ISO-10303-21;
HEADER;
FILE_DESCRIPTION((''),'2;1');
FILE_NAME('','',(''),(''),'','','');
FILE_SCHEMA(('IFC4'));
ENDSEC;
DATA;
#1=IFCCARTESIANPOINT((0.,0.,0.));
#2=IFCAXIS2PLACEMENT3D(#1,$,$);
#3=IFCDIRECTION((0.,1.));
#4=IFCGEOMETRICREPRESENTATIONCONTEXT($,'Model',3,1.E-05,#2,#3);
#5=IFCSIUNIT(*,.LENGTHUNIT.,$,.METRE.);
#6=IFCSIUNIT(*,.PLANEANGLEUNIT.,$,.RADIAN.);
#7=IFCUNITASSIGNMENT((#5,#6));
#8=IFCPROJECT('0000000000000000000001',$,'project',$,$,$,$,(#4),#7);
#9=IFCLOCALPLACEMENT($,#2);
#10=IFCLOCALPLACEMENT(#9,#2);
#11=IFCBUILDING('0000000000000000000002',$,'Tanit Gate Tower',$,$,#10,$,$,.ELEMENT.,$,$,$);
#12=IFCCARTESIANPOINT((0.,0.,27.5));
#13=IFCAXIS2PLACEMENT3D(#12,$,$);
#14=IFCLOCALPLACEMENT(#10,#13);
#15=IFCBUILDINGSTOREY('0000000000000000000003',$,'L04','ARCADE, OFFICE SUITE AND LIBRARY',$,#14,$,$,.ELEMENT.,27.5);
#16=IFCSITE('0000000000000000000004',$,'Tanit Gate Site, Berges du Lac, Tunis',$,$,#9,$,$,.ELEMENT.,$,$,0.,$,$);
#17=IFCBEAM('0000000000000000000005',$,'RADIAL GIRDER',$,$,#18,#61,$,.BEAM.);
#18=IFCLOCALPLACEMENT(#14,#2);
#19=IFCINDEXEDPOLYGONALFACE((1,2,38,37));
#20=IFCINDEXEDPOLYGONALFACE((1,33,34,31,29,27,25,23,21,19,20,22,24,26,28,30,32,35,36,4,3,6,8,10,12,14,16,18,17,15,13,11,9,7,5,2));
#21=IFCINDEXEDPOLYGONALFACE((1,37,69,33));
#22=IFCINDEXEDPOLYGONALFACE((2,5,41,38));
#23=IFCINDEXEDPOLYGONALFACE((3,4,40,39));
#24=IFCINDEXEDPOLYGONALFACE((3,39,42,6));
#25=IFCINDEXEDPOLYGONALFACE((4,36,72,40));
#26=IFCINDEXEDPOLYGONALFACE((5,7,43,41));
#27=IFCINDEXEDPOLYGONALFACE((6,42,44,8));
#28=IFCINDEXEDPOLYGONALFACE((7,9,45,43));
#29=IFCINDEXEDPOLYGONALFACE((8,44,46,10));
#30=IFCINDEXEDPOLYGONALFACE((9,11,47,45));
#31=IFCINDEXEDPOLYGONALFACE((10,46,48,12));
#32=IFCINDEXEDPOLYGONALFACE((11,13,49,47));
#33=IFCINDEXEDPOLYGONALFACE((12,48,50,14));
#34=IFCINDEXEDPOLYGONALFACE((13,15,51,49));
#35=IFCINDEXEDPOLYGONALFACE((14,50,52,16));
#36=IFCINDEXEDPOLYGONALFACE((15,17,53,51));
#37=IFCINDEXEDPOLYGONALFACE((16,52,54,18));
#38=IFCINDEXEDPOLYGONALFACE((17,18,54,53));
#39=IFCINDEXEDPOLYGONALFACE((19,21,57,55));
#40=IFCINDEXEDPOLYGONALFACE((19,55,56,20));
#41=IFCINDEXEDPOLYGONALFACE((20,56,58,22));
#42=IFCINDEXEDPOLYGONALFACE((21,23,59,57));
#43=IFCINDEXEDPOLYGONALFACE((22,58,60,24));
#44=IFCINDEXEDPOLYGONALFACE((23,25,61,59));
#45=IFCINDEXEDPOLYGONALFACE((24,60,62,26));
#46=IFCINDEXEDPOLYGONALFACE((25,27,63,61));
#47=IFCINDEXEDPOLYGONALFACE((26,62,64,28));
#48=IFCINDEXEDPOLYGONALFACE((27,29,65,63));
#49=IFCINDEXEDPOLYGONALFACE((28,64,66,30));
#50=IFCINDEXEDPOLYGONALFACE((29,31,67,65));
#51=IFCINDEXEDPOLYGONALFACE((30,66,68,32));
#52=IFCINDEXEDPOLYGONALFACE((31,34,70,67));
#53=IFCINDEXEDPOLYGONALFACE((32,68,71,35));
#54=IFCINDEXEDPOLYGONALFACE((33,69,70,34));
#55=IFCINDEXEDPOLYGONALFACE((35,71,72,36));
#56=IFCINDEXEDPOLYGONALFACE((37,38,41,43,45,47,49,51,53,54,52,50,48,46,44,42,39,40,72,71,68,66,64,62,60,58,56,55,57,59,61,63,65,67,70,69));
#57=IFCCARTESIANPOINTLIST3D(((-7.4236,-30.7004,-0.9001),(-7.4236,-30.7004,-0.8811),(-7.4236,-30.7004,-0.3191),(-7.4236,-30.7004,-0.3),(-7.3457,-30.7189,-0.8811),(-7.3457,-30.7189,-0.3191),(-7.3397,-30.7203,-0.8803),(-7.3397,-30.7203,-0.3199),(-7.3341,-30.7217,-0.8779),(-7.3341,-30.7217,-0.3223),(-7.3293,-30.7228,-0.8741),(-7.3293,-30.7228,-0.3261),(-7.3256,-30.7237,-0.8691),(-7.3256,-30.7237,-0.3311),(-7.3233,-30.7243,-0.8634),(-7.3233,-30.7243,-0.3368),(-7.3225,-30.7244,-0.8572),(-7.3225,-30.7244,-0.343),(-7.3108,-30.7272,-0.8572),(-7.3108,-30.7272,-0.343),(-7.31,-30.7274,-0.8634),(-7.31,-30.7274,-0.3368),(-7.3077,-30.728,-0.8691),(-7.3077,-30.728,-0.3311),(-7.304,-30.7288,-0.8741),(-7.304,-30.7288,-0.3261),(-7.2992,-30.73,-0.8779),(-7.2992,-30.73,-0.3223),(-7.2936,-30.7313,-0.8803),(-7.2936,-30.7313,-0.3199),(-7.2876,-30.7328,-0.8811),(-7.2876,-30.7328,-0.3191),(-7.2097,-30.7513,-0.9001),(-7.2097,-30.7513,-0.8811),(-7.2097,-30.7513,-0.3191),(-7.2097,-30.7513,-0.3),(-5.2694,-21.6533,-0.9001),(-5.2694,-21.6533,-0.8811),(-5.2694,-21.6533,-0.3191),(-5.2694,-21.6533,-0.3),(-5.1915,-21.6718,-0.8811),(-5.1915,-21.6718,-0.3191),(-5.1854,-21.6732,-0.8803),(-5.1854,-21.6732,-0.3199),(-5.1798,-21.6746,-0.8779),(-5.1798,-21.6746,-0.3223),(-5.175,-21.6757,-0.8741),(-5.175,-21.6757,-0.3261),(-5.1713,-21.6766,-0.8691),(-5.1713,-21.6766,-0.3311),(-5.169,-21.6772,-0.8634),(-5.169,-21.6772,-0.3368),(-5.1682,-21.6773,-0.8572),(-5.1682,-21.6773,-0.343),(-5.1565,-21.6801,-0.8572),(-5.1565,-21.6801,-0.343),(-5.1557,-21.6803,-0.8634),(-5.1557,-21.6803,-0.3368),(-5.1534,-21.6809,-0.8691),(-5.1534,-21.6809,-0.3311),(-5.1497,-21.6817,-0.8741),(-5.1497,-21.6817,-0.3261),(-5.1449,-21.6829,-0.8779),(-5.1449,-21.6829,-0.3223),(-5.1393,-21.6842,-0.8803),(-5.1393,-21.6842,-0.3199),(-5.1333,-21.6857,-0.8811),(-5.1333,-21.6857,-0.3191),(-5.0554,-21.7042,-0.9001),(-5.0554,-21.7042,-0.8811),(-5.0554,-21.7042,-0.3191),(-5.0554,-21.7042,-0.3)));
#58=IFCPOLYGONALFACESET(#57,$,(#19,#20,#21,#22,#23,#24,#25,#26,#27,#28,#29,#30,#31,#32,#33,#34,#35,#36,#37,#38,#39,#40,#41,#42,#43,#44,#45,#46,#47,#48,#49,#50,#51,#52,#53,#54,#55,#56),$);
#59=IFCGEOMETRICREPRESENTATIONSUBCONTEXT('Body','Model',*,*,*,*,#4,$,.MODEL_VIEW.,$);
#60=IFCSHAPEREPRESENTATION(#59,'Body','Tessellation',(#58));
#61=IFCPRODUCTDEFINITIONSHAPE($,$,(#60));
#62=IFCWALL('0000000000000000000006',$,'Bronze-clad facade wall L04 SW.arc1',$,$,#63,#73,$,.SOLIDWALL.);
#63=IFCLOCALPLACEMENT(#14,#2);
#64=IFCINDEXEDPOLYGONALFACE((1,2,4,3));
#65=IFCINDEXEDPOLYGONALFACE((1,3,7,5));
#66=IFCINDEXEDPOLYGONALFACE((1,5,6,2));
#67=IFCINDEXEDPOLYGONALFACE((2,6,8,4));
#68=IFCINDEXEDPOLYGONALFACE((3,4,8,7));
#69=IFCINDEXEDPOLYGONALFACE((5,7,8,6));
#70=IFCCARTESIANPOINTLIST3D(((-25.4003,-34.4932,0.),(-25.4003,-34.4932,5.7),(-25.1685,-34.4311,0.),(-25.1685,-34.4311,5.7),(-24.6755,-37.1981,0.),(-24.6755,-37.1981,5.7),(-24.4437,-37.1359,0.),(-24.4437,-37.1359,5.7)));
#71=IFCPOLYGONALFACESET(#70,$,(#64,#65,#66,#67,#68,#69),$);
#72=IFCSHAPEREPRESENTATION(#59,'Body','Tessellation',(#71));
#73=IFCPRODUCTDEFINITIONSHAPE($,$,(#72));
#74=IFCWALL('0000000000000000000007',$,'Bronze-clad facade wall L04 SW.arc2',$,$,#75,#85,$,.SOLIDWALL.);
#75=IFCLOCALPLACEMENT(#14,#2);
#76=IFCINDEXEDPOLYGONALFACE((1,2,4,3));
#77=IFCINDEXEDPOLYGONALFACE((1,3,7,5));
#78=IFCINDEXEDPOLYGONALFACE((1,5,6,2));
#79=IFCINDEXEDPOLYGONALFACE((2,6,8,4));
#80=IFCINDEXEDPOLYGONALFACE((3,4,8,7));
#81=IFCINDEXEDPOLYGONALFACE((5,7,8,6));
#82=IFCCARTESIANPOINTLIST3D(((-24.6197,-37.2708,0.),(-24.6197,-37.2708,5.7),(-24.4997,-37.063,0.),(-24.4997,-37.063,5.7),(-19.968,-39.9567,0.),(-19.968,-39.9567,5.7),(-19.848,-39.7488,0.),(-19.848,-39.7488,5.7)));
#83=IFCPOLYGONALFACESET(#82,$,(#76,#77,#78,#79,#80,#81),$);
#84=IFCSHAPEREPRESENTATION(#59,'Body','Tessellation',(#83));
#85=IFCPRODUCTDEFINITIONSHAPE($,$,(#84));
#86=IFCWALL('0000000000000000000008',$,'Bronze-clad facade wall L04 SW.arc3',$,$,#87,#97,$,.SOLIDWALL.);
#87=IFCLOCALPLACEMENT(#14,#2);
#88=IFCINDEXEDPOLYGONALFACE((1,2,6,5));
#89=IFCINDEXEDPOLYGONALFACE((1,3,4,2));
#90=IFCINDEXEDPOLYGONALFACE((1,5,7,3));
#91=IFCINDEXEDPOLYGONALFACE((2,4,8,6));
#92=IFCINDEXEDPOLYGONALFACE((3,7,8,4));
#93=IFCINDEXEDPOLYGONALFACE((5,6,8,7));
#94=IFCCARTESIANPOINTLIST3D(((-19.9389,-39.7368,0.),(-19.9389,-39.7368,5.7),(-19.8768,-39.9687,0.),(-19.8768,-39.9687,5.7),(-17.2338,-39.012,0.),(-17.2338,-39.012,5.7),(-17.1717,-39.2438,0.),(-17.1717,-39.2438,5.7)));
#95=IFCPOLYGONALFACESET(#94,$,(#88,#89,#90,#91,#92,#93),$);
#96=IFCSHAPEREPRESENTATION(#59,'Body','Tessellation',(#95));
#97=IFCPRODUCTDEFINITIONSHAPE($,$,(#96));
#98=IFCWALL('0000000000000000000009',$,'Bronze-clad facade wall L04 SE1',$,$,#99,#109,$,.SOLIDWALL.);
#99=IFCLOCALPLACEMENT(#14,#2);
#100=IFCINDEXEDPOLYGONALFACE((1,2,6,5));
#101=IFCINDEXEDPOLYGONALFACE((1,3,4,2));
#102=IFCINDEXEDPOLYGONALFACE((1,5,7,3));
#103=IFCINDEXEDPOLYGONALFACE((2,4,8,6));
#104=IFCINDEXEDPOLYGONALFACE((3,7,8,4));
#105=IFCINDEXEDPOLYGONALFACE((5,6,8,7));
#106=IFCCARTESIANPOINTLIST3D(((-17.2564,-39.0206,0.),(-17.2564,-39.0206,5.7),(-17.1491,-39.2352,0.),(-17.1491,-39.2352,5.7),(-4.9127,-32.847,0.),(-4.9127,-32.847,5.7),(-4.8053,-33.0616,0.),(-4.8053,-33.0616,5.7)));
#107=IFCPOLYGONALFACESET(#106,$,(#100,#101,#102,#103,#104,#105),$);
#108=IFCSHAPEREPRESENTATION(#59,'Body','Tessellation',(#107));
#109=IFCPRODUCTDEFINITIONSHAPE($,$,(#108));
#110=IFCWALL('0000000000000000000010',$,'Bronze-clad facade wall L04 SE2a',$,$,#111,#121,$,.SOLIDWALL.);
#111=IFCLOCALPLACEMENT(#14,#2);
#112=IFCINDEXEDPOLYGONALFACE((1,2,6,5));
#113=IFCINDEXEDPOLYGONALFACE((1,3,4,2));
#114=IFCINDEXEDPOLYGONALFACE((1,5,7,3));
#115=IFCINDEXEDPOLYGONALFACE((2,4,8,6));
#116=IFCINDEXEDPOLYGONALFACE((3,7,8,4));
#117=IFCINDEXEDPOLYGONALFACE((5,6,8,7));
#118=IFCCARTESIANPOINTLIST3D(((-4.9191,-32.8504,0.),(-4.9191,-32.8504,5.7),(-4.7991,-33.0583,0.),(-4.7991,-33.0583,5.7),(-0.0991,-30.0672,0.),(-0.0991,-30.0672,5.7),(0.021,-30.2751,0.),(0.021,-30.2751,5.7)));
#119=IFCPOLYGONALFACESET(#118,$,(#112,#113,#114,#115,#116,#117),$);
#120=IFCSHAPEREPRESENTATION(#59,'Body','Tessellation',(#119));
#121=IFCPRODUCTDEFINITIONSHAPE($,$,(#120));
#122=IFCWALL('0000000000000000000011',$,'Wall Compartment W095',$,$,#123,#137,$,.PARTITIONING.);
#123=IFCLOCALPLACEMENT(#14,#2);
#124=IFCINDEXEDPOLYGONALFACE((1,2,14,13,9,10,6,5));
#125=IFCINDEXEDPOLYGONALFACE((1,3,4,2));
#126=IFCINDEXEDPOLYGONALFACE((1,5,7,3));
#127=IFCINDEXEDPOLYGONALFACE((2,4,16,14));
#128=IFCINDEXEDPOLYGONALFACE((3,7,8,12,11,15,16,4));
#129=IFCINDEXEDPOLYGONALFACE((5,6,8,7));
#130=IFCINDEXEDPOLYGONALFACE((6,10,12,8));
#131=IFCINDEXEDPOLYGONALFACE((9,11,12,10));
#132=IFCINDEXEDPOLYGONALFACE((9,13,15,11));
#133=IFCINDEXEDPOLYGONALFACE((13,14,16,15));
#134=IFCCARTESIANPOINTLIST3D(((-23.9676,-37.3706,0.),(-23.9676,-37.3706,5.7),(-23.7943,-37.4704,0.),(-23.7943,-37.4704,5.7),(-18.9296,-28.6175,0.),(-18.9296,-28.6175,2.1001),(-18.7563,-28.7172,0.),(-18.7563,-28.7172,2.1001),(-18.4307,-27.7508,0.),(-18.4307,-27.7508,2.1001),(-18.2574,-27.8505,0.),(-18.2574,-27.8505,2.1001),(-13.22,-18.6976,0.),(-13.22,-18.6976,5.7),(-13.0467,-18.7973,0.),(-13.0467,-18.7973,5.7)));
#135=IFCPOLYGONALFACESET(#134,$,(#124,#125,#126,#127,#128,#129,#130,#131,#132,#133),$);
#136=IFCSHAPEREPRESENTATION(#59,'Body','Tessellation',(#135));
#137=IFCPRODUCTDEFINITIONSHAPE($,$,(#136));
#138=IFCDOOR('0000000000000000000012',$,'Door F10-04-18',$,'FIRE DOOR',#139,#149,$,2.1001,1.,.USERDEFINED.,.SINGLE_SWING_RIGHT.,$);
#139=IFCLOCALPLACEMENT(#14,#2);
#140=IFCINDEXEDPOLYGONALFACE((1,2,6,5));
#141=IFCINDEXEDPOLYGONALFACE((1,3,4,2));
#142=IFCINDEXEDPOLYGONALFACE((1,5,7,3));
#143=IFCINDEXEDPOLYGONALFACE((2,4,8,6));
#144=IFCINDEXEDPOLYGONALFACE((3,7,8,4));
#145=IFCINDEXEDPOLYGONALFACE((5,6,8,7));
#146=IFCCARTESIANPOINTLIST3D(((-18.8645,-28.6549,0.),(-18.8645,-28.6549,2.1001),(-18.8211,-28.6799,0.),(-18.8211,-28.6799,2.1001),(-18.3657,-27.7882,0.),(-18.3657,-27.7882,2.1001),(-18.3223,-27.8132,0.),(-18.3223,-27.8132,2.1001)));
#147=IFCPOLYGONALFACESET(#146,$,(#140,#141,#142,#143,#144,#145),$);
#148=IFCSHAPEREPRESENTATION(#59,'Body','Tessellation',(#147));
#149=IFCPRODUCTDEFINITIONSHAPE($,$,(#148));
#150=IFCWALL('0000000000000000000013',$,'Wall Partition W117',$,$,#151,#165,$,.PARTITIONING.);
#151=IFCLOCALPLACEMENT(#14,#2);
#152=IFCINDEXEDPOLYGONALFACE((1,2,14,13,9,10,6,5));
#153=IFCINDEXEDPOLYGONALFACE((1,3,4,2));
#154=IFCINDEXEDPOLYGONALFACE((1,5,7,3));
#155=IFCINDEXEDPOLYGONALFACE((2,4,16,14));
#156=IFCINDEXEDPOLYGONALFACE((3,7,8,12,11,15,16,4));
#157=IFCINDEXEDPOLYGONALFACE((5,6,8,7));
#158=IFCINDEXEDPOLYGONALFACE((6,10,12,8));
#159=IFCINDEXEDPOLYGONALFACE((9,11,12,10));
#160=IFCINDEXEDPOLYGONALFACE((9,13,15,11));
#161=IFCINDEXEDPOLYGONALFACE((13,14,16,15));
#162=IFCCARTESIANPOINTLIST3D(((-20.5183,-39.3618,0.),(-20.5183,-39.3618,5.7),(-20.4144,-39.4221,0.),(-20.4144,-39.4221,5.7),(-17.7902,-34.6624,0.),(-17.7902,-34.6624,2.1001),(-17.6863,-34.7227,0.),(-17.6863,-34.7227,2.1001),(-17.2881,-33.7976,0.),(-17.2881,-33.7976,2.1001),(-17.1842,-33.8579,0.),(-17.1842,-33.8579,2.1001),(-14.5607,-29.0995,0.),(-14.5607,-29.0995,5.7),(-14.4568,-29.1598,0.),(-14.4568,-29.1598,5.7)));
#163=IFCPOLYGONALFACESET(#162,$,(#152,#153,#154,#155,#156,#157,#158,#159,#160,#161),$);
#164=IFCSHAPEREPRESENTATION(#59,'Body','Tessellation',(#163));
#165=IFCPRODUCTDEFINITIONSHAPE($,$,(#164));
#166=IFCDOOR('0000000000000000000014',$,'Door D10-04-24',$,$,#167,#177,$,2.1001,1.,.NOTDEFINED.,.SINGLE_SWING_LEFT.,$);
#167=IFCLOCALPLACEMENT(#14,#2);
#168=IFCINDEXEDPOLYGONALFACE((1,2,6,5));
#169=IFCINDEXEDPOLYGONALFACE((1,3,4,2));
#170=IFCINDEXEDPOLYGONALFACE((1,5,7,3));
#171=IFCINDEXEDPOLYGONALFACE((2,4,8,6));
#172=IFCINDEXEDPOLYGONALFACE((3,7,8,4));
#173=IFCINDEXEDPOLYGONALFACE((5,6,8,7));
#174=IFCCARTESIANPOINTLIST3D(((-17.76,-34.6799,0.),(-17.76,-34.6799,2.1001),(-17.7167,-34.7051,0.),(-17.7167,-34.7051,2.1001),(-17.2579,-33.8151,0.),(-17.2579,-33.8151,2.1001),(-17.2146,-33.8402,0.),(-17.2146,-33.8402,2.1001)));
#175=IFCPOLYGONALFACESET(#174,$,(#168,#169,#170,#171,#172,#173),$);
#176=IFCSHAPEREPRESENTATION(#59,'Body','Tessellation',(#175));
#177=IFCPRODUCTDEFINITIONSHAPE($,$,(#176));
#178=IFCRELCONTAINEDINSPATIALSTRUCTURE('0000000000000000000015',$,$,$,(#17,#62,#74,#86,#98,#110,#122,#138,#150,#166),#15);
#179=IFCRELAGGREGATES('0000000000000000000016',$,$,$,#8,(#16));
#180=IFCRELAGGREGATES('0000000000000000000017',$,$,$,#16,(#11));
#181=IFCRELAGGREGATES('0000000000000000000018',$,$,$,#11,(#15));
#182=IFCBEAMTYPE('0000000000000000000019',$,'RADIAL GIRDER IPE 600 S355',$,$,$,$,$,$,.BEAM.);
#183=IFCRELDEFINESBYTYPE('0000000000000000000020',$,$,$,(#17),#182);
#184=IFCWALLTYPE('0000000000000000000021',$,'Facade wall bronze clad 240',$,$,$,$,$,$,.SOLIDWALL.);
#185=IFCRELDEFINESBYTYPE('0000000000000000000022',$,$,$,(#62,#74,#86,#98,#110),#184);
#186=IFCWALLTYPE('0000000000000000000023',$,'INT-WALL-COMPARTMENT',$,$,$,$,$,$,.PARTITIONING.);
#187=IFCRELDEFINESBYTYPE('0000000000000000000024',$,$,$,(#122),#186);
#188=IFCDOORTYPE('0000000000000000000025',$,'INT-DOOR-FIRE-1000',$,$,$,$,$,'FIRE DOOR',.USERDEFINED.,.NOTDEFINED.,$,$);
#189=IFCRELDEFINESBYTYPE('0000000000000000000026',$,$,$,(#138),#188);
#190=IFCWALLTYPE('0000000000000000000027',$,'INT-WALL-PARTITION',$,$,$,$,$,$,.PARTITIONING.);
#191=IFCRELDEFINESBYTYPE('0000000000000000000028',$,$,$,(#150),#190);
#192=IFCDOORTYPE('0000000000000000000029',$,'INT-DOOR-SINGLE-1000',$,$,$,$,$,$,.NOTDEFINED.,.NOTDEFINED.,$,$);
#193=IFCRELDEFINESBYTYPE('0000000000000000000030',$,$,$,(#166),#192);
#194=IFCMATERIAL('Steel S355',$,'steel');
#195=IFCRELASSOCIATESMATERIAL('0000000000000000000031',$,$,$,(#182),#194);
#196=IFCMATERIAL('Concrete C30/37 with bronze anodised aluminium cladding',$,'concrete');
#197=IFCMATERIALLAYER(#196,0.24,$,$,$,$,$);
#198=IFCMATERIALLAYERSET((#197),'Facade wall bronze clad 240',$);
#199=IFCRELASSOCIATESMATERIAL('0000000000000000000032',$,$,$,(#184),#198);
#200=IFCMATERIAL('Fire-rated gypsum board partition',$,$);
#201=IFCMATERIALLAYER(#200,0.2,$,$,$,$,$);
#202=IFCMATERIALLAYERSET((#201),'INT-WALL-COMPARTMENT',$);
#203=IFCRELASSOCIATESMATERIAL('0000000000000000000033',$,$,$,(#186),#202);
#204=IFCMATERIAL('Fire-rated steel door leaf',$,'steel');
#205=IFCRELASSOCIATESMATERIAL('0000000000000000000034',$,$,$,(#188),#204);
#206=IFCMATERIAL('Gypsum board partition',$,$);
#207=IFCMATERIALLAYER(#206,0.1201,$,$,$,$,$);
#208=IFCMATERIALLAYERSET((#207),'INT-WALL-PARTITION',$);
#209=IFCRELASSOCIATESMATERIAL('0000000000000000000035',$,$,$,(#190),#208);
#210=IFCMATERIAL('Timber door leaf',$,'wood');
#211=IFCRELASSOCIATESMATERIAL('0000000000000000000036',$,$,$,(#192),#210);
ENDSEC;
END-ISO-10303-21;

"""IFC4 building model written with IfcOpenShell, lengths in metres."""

from ifc_helpers import new_model, si_unit, direction, frame, frame_2d, origin, origin_2d, place, context, subcontext, project, spatial, rectangle, i_section, extrude, material, layer, layer_set, material_profile, profile_set, type_object, element, fill, save


model = new_model("IFC4")

# Units and contexts
model_context = context("Model", 3, precision=1e-05, world=origin(), true_north=direction((0.0, 1.0)))
body_context = subcontext(model_context, "Body", "Model", "MODEL_VIEW")
ifc_project = project(units=[si_unit("LENGTHUNIT", "METRE"), si_unit("PLANEANGLEUNIT", "RADIAN")], contexts=[model_context])

# Site, building, storey
site_placement = place(None, origin())
site = spatial("IfcSite", under=ifc_project, at=site_placement, Name="Tanit Gate Site, Berges du Lac, Tunis", CompositionType="ELEMENT", RefElevation=0.0)
building_placement = place(site_placement, origin())
building = spatial("IfcBuilding", under=site, at=building_placement, Name="Tanit Gate Tower", CompositionType="ELEMENT")
storey_placement = place(building_placement, frame((0.0, 0.0, 27.5)))
storey = spatial("IfcBuildingStorey", under=building, at=storey_placement, Name="L04", Description="ARCADE, OFFICE SUITE AND LIBRARY", CompositionType="ELEMENT", Elevation=27.5)

# Beam
ifc_material_1 = material(Name="Steel S355", Category="steel")
ifc_material_profile_1 = material_profile(ifc_material_1, i_section(OverallWidth=0.22, OverallDepth=0.6001, WebThickness=0.012, FlangeThickness=0.019, FilletRadius=0.0239, at=origin_2d()), Name="IPE 600")
ifc_profile_set_1 = profile_set([ifc_material_profile_1], Name="Steel S355")
beam_type_1 = type_object("IfcBeamType", Name="RADIAL GIRDER IPE 600 S355", PredefinedType="BEAM", material=ifc_profile_set_1)
beam_1_placement = place(storey_placement, frame((-7.3167, -30.7258, -0.6001), z_axis=(0.231643, 0.972801, 0.0), x_axis=(-0.972801, 0.231643, 0.0)))
element("IfcBeam", 1, at=beam_1_placement, inside=storey, type_object=beam_type_1, Name="RADIAL GIRDER", PredefinedType="BEAM", context=body_context, shape_type="SweptSolid", body=[
    extrude(i_section(OverallWidth=0.22, OverallDepth=0.6001, WebThickness=0.012, FlangeThickness=0.019, FilletRadius=0.0239, at=origin_2d()), origin(), (0.0, 0.0, 1.0), 9.3),
])

# Walls
ifc_material_2 = material(Name="Concrete C30/37 with bronze anodised aluminium cladding", Category="concrete")
ifc_layer_1 = layer(ifc_material_2, 0.24)
ifc_layer_set_1 = layer_set([ifc_layer_1], Name="Facade wall bronze clad 240")
wall_type_1 = type_object("IfcWallType", Name="Facade wall bronze clad 240", PredefinedType="SOLIDWALL", material=ifc_layer_set_1)
wall_1_placement = place(storey_placement, frame((-25.2844, -34.4622, 0.0), z_axis=(0.0, 0.0, 1.0), x_axis=(0.258851, -0.965917, 0.0)))
element("IfcWall", 2, at=wall_1_placement, inside=storey, type_object=wall_type_1, Name="Bronze-clad facade wall L04 SW.arc1", PredefinedType="SOLIDWALL", context=body_context, shape_type="SweptSolid", body=[
    extrude(rectangle(XDim=2.8003, YDim=0.24, at=frame_2d((1.4001, 0.0))), origin(), (0.0, 0.0, 1.0), 5.7),
])
wall_2_placement = place(storey_placement, frame((-24.5596, -37.167, 0.0), z_axis=(0.0, 0.0, 1.0), x_axis=(0.866011, -0.500025, 0.0)))
element("IfcWall", 3, at=wall_2_placement, inside=storey, type_object=wall_type_1, Name="Bronze-clad facade wall L04 SW.arc2", PredefinedType="SOLIDWALL", context=body_context, shape_type="SweptSolid", body=[
    extrude(rectangle(XDim=5.3713, YDim=0.24, at=frame_2d((2.6855, 0.0))), origin(), (0.0, 0.0, 1.0), 5.7),
])
wall_3_placement = place(storey_placement, frame((-19.908, -39.8528, 0.0), z_axis=(0.0, 0.0, 1.0), x_axis=(0.965923, 0.258829, 0.0)))
element("IfcWall", 4, at=wall_3_placement, inside=storey, type_object=wall_type_1, Name="Bronze-clad facade wall L04 SW.arc3", PredefinedType="SOLIDWALL", context=body_context, shape_type="SweptSolid", body=[
    extrude(rectangle(XDim=2.8005, YDim=0.24, at=frame_2d((1.4004, 0.0))), origin(), (0.0, 0.0, 1.0), 5.7),
])
wall_4_placement = place(storey_placement, frame((-17.2029, -39.1279, 0.0), z_axis=(0.0, 0.0, 1.0), x_axis=(0.894378, 0.447313, 0.0)))
element("IfcWall", 5, at=wall_4_placement, inside=storey, type_object=wall_type_1, Name="Bronze-clad facade wall L04 SE1", PredefinedType="SOLIDWALL", context=body_context, shape_type="SweptSolid", body=[
    extrude(rectangle(XDim=13.8015, YDim=0.24, at=frame_2d((6.9009, 0.0))), origin(), (0.0, 0.0, 1.0), 5.7),
])
wall_5_placement = place(storey_placement, frame((-4.8591, -32.9543, 0.0), z_axis=(0.0, 0.0, 1.0), x_axis=(0.865999, 0.500045, 0.0)))
element("IfcWall", 6, at=wall_5_placement, inside=storey, type_object=wall_type_1, Name="Bronze-clad facade wall L04 SE2a", PredefinedType="SOLIDWALL", context=body_context, shape_type="SweptSolid", body=[
    extrude(rectangle(XDim=5.5659, YDim=0.24, at=frame_2d((2.783, 0.0))), origin(), (0.0, 0.0, 1.0), 5.7),
])

# Walls, openings, doors
ifc_material_3 = material(Name="Fire-rated gypsum board partition")
ifc_layer_2 = layer(ifc_material_3, 0.2)
ifc_layer_set_2 = layer_set([ifc_layer_2], Name="INT-WALL-COMPARTMENT")
wall_type_2 = type_object("IfcWallType", Name="INT-WALL-COMPARTMENT", PredefinedType="PARTITIONING", material=ifc_layer_set_2)
wall_6_placement = place(storey_placement, frame((-23.8809, -37.4204, 0.0), z_axis=(0.0, 0.0, 1.0), x_axis=(0.498838, 0.866695, 0.0)))
wall_6 = element("IfcWall", 7, at=wall_6_placement, inside=storey, type_object=wall_type_2, Name="Wall Compartment W095", PredefinedType="PARTITIONING", context=body_context, shape_type="SweptSolid", body=[
    extrude(rectangle(XDim=21.5452, YDim=0.2, at=frame_2d((10.7725, 0.0))), origin(), (0.0, 0.0, 1.0), 5.7),
])
opening_1_placement = place(wall_6_placement, frame((10.0994, 0.0, 0.0)))
opening_1 = element("IfcOpeningElement", 8, at=opening_1_placement, cuts=wall_6, PredefinedType="OPENING", context=body_context, shape_type="SweptSolid", body=[
    extrude(rectangle(XDim=1.0, YDim=2.1001, at=frame_2d((0.5, 1.05))), frame((0.0, 0.1099, 0.0), z_axis=(0.0, -1.0, 0.0), x_axis=(1.0, 0.0, 0.0)), (0.0, 0.0, 1.0), 0.22),
])
ifc_material_4 = material(Name="Fire-rated steel door leaf", Category="steel")
door_type_1 = type_object("IfcDoorType", Name="INT-DOOR-FIRE-1000", ElementType="FIRE DOOR", OperationType="NOTDEFINED", PredefinedType="USERDEFINED", material=ifc_material_4)
door_1_placement = place(opening_1_placement, origin())
door_1 = element("IfcDoor", 9, at=door_1_placement, inside=storey, type_object=door_type_1, Name="Door F10-04-18", ObjectType="FIRE DOOR", OperationType="SINGLE_SWING_RIGHT", OverallHeight=2.1001, OverallWidth=1.0, PredefinedType="USERDEFINED", context=body_context, shape_type="SweptSolid", body=[
    extrude(rectangle(XDim=1.0, YDim=2.1001, at=frame_2d((0.5, 1.05))), frame((0.0, 0.0249, 0.0), z_axis=(0.0, -1.0, 0.0), x_axis=(1.0, 0.0, 0.0)), (0.0, 0.0, 1.0), 0.05),
])
fill(opening_1, door_1)
ifc_material_5 = material(Name="Gypsum board partition")
ifc_layer_3 = layer(ifc_material_5, 0.1201)
ifc_layer_set_3 = layer_set([ifc_layer_3], Name="INT-WALL-PARTITION")
wall_type_3 = type_object("IfcWallType", Name="INT-WALL-PARTITION", PredefinedType="PARTITIONING", material=ifc_layer_set_3)
wall_7_placement = place(storey_placement, frame((-14.5088, -29.1296, 0.0), z_axis=(0.0, 0.0, 1.0), x_axis=(-0.502061, -0.864832, 0.0)))
wall_7 = element("IfcWall", 10, at=wall_7_placement, inside=storey, type_object=wall_type_3, Name="Wall Partition W117", PredefinedType="PARTITIONING", context=body_context, shape_type="SweptSolid", body=[
    extrude(rectangle(XDim=11.8662, YDim=0.1201, at=frame_2d((5.9331, 0.0))), origin(), (0.0, 0.0, 1.0), 5.7),
])
opening_2_placement = place(wall_7_placement, frame((5.4324, 0.0, 0.0)))
opening_2 = element("IfcOpeningElement", 11, at=opening_2_placement, cuts=wall_7, PredefinedType="OPENING", context=body_context, shape_type="SweptSolid", body=[
    extrude(rectangle(XDim=1.0, YDim=2.1001, at=frame_2d((0.5, 1.05))), frame((0.0, 0.0701, 0.0), z_axis=(0.0, -1.0, 0.0), x_axis=(1.0, 0.0, 0.0)), (0.0, 0.0, 1.0), 0.1401),
])
ifc_material_6 = material(Name="Timber door leaf", Category="wood")
door_type_2 = type_object("IfcDoorType", Name="INT-DOOR-SINGLE-1000", OperationType="NOTDEFINED", PredefinedType="NOTDEFINED", material=ifc_material_6)
door_2_placement = place(opening_2_placement, origin())
door_2 = element("IfcDoor", 12, at=door_2_placement, inside=storey, type_object=door_type_2, Name="Door D10-04-24", OperationType="SINGLE_SWING_LEFT", OverallHeight=2.1001, OverallWidth=1.0, PredefinedType="NOTDEFINED", context=body_context, shape_type="SweptSolid", body=[
    extrude(rectangle(XDim=1.0, YDim=2.1001, at=frame_2d((0.5, 1.05))), frame((0.0, 0.0249, 0.0), z_axis=(0.0, -1.0, 0.0), x_axis=(1.0, 0.0, 0.0)), (0.0, 0.0, 1.0), 0.05),
])
fill(opening_2, door_2)

save(model, "model.ifc")
